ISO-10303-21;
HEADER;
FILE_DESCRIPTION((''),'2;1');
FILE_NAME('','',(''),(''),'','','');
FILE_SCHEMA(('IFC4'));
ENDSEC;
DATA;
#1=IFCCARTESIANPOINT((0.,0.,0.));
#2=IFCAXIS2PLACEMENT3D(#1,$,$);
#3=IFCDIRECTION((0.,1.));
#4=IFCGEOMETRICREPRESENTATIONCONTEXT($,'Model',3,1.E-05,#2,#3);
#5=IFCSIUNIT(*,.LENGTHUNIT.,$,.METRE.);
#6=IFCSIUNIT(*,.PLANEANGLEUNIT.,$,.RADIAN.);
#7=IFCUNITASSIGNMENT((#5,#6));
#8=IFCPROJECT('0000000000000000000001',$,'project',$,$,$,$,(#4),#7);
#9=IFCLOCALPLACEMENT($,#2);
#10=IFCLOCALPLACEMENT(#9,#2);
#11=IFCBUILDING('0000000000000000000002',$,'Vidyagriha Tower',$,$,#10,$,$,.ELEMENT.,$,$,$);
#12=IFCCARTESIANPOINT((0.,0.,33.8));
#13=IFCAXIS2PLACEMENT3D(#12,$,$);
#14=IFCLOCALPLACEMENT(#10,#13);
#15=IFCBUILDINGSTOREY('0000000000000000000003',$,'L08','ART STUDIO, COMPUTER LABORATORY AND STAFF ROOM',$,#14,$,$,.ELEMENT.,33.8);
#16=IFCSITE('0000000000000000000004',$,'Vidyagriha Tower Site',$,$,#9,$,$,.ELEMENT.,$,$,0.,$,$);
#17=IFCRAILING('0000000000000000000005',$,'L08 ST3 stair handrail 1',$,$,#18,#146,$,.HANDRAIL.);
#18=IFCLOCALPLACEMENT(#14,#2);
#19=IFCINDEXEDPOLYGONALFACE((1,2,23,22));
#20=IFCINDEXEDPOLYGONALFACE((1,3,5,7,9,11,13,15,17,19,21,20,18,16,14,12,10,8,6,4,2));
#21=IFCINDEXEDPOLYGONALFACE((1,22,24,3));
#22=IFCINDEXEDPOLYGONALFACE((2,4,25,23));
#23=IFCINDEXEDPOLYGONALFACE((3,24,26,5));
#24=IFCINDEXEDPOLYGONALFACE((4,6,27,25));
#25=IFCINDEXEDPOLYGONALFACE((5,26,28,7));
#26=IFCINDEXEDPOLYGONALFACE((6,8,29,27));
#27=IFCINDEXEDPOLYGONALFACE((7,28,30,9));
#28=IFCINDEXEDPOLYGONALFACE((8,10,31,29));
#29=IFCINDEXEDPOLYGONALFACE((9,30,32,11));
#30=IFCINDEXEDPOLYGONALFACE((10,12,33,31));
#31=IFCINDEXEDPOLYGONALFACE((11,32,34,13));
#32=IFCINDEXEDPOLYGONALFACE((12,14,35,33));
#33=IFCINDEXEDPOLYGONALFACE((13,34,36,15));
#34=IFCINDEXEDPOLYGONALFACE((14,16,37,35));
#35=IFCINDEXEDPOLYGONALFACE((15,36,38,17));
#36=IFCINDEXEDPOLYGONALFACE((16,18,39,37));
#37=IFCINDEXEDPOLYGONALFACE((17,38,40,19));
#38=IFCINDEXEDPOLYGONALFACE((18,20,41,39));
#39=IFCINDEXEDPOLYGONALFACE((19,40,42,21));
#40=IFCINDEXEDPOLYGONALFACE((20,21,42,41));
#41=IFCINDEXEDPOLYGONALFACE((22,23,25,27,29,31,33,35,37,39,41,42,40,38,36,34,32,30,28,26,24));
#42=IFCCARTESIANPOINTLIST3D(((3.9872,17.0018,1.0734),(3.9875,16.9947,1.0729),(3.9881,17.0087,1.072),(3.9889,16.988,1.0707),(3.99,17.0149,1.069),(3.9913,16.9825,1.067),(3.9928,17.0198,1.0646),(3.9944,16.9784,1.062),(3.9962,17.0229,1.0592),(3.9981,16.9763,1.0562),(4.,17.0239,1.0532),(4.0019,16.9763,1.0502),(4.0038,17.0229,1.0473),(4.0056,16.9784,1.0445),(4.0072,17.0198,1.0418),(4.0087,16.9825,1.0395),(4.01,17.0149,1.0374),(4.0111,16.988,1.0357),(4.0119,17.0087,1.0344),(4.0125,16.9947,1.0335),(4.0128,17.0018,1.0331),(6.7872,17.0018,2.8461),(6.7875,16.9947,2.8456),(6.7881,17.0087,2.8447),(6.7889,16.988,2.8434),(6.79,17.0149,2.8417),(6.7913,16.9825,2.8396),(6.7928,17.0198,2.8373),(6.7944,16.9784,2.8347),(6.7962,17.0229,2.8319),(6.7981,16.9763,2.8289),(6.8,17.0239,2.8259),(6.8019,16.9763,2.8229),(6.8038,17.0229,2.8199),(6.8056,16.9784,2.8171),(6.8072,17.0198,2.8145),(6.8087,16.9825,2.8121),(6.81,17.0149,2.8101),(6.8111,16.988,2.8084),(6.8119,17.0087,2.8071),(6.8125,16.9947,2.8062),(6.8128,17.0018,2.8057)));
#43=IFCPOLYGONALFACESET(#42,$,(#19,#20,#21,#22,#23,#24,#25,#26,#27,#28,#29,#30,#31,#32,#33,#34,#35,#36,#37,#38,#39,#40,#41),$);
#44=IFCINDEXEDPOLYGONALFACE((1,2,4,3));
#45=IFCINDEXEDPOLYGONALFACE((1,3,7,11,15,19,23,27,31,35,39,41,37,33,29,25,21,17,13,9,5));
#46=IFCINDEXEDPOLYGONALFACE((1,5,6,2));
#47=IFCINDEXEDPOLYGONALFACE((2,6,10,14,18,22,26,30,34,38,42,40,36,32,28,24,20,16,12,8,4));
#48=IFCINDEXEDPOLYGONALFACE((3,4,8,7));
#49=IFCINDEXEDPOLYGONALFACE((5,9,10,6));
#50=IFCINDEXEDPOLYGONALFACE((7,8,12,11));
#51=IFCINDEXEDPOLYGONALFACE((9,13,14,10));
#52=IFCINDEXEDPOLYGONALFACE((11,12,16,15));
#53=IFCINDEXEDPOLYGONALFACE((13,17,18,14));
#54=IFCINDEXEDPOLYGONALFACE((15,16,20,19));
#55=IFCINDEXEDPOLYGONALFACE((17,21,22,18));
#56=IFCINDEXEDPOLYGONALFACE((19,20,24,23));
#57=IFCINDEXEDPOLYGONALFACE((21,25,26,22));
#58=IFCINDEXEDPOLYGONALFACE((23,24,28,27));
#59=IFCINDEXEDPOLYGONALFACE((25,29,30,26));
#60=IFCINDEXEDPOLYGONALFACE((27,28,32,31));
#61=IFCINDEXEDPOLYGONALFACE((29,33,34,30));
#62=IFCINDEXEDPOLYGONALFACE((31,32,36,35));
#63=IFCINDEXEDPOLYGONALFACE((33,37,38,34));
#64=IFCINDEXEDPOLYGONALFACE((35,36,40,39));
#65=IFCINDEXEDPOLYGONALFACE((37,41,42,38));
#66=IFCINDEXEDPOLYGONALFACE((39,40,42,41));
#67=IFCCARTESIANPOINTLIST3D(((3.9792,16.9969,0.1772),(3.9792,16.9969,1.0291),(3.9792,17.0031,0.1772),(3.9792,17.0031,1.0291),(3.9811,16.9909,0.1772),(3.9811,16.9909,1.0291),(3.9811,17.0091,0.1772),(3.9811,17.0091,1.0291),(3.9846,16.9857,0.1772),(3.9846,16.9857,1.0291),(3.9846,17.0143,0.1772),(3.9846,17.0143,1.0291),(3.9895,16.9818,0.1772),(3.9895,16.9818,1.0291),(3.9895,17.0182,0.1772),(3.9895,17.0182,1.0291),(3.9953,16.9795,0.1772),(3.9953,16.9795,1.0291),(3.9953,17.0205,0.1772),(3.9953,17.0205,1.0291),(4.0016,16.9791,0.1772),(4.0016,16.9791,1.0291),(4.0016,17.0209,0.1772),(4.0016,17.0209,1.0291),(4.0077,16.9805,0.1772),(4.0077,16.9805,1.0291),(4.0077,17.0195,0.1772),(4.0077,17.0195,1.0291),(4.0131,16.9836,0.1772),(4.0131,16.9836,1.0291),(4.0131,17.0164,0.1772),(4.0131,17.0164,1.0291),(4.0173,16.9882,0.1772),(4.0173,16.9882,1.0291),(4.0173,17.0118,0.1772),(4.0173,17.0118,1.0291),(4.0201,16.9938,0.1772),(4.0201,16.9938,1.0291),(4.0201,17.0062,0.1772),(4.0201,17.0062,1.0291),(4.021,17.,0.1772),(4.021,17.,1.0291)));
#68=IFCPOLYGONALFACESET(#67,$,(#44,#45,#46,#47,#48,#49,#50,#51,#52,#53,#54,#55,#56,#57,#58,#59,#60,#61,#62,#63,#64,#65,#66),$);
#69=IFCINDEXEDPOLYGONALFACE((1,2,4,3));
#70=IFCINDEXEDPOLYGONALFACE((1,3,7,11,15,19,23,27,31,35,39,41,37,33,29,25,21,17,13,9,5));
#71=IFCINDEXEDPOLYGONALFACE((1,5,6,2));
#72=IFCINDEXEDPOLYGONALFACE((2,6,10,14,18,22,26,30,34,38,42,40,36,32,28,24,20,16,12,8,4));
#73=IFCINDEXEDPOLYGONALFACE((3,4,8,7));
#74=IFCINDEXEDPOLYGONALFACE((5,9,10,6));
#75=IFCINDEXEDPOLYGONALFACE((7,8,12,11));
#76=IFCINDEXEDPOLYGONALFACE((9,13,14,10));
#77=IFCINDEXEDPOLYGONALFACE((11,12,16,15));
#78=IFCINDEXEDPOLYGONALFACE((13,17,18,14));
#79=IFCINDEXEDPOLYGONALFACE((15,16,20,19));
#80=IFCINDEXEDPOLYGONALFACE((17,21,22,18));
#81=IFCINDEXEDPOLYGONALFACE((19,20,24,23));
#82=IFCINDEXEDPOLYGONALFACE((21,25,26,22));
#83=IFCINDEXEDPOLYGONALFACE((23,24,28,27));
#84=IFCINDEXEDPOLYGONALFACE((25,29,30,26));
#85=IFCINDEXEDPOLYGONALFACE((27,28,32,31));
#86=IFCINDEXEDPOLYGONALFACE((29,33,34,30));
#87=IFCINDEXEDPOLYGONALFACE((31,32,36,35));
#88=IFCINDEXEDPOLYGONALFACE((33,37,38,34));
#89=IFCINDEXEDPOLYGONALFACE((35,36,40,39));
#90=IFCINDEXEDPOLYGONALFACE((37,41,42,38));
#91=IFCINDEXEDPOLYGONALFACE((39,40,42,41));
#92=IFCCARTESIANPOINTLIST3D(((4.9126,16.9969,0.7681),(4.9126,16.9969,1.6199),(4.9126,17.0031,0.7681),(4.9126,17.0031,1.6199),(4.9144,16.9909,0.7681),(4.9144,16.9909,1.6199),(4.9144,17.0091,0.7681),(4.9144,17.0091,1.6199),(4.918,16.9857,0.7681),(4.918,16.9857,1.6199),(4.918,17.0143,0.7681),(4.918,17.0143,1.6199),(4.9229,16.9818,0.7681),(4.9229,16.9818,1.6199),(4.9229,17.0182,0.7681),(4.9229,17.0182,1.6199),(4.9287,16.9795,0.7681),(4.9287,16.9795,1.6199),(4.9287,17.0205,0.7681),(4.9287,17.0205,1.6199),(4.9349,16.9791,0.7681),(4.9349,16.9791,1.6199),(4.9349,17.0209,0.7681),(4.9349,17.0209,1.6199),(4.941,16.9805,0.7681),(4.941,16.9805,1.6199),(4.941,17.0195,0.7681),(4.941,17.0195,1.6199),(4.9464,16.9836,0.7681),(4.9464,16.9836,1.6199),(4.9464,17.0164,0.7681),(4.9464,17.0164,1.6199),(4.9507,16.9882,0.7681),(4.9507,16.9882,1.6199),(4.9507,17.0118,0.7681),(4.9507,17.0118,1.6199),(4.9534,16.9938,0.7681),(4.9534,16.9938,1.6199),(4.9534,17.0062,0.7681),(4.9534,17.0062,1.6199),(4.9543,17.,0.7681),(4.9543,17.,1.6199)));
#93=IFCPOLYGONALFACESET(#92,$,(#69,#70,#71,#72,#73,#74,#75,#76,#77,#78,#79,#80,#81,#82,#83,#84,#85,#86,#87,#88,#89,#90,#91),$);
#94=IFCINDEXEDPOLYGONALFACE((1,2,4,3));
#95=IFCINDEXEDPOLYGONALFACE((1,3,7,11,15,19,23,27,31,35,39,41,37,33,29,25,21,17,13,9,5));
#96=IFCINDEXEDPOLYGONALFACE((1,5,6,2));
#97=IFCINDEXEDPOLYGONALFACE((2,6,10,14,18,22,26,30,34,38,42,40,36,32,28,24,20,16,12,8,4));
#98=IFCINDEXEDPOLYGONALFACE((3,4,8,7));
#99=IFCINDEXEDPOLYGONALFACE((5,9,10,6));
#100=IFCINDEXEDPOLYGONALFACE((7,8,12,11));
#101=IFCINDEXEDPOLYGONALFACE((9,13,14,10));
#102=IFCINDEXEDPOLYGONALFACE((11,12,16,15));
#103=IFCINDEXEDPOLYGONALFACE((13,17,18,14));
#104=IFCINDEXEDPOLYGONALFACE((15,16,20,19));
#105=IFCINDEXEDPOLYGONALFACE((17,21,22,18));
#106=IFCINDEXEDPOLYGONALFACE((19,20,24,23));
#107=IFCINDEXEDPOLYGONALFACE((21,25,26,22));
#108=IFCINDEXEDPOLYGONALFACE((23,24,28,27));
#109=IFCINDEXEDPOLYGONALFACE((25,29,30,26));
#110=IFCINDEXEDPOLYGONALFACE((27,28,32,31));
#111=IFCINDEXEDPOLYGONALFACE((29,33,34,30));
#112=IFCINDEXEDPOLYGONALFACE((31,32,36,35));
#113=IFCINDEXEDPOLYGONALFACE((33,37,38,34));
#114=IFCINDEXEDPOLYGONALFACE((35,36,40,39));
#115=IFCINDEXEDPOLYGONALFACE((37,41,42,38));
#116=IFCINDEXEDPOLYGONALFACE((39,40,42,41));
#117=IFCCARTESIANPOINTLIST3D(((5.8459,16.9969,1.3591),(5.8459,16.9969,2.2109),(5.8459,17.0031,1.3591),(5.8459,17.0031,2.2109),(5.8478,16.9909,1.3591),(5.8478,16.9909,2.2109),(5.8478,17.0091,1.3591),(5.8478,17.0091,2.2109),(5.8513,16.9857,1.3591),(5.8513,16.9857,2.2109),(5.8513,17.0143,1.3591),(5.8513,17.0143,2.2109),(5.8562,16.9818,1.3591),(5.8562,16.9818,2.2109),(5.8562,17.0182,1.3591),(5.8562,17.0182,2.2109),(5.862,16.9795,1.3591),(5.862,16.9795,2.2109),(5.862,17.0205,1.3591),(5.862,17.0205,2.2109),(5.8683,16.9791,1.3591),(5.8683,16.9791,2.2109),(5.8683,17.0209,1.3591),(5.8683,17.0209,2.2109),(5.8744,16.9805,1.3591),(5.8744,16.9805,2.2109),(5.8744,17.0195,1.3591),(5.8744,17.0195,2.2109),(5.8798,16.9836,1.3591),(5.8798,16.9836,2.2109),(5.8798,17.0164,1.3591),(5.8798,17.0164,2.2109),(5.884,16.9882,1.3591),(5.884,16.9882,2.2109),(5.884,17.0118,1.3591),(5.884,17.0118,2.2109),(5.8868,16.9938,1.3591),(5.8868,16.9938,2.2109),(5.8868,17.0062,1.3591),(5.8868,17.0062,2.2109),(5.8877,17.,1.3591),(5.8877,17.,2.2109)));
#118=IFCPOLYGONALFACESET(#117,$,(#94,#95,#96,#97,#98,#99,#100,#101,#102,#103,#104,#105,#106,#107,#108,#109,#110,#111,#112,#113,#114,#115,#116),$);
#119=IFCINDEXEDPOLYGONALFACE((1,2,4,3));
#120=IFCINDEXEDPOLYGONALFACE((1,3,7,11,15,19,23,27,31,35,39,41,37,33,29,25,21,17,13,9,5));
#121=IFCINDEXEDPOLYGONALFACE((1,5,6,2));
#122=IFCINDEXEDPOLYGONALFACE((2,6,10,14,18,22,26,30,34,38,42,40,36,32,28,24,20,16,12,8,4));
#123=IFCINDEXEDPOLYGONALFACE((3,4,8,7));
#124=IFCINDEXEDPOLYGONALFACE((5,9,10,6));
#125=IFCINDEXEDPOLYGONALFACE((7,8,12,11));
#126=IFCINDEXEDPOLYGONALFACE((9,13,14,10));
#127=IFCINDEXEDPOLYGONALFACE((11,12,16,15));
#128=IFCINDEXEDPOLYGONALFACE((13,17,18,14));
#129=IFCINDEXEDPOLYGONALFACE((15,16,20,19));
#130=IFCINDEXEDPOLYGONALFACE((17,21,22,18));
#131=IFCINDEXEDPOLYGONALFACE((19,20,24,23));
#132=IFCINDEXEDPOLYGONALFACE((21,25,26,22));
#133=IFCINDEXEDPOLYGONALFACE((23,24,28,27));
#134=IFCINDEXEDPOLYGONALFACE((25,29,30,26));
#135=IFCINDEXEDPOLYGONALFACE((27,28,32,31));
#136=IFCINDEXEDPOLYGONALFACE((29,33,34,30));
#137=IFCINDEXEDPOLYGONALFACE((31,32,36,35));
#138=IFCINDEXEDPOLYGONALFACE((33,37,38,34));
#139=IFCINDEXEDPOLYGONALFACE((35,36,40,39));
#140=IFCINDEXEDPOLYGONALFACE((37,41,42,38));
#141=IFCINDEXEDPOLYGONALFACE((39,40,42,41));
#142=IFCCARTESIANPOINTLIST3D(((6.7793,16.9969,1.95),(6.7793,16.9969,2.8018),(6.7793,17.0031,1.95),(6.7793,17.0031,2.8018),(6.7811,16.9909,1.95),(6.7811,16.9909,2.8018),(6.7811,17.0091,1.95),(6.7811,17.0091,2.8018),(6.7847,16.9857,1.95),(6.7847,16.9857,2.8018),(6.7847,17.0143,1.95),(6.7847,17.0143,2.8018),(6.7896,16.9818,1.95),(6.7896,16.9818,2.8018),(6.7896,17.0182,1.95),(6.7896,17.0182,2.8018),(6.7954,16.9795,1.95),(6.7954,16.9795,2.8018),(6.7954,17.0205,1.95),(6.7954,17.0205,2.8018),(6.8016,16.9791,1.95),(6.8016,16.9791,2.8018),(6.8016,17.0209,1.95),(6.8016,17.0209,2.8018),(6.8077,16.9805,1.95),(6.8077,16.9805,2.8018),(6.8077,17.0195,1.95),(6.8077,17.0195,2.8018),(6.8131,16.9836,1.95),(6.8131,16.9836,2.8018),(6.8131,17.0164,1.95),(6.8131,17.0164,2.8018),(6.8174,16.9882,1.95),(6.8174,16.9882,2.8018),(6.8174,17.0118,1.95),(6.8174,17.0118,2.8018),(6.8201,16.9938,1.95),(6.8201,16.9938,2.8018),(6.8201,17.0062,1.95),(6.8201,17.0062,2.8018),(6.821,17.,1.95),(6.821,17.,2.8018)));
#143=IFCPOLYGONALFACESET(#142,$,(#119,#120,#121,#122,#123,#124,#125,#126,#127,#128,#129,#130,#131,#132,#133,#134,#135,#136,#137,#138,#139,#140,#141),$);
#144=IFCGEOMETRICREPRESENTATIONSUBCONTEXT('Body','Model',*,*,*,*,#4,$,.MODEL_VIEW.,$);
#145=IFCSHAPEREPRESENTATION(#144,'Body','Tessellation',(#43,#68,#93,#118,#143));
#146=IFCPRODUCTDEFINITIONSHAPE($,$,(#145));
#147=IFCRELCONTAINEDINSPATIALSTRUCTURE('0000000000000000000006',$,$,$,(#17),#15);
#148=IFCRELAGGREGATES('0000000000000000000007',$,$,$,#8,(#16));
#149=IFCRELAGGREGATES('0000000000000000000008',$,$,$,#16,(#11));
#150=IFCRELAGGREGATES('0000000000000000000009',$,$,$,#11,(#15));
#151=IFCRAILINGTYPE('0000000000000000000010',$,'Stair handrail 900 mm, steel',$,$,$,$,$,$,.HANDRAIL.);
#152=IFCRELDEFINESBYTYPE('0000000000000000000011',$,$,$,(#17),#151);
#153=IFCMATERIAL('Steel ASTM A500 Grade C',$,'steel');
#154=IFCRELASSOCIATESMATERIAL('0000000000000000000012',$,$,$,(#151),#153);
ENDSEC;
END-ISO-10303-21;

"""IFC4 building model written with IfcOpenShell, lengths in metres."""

from ifc_helpers import new_model, si_unit, direction, frame, origin, origin_2d, place, context, subcontext, project, spatial, circle, extrude, material, type_object, element, save


model = new_model("IFC4")

# Units and contexts
model_context = context("Model", 3, precision=1e-05, world=origin(), true_north=direction((0.0, 1.0)))
body_context = subcontext(model_context, "Body", "Model", "MODEL_VIEW")
ifc_project = project(units=[si_unit("LENGTHUNIT", "METRE"), si_unit("PLANEANGLEUNIT", "RADIAN")], contexts=[model_context])

# Site, building, storey
site_placement = place(None, origin())
site = spatial("IfcSite", under=ifc_project, at=site_placement, Name="Vidyagriha Tower Site", CompositionType="ELEMENT", RefElevation=0.0)
building_placement = place(site_placement, origin())
building = spatial("IfcBuilding", under=site, at=building_placement, Name="Vidyagriha Tower", CompositionType="ELEMENT")
storey_placement = place(building_placement, frame((0.0, 0.0, 33.8)))
storey = spatial("IfcBuildingStorey", under=building, at=storey_placement, Name="L08", Description="ART STUDIO, COMPUTER LABORATORY AND STAFF ROOM", CompositionType="ELEMENT", Elevation=33.8)

# Railing
ifc_material_1 = material(Name="Steel ASTM A500 Grade C", Category="steel")
railing_type_1 = type_object("IfcRailingType", Name="Stair handrail 900 mm, steel", PredefinedType="HANDRAIL", material=ifc_material_1)
railing_1_placement = place(storey_placement, frame((4.0, 17.0, 0.1772)))
element("IfcRailing", 1, at=railing_1_placement, inside=storey, type_object=railing_type_1, Name="L08 ST3 stair handrail 1", PredefinedType="HANDRAIL", context=body_context, shape_type="SweptSolid", body=[
    extrude(circle(Radius=0.0239, at=origin_2d()), frame((0.0, 0.0, 0.876), z_axis=(0.844909, 0.0, 0.53491), x_axis=(0.0, 1.0, 0.0)), (0.0, 0.0, 1.0), 3.314),
    extrude(circle(Radius=0.021, at=origin_2d()), origin(), (0.0, 0.0, 1.0), 0.8518),
    extrude(circle(Radius=0.021, at=origin_2d()), frame((0.9333, 0.0, 0.5908)), (0.0, 0.0, 1.0), 0.8518),
    extrude(circle(Radius=0.021, at=origin_2d()), frame((1.8667, 0.0, 1.1819)), (0.0, 0.0, 1.0), 0.8518),
    extrude(circle(Radius=0.021, at=origin_2d()), frame((2.8, 0.0, 1.7727)), (0.0, 0.0, 1.0), 0.8518),
])

save(model, "model.ifc")
